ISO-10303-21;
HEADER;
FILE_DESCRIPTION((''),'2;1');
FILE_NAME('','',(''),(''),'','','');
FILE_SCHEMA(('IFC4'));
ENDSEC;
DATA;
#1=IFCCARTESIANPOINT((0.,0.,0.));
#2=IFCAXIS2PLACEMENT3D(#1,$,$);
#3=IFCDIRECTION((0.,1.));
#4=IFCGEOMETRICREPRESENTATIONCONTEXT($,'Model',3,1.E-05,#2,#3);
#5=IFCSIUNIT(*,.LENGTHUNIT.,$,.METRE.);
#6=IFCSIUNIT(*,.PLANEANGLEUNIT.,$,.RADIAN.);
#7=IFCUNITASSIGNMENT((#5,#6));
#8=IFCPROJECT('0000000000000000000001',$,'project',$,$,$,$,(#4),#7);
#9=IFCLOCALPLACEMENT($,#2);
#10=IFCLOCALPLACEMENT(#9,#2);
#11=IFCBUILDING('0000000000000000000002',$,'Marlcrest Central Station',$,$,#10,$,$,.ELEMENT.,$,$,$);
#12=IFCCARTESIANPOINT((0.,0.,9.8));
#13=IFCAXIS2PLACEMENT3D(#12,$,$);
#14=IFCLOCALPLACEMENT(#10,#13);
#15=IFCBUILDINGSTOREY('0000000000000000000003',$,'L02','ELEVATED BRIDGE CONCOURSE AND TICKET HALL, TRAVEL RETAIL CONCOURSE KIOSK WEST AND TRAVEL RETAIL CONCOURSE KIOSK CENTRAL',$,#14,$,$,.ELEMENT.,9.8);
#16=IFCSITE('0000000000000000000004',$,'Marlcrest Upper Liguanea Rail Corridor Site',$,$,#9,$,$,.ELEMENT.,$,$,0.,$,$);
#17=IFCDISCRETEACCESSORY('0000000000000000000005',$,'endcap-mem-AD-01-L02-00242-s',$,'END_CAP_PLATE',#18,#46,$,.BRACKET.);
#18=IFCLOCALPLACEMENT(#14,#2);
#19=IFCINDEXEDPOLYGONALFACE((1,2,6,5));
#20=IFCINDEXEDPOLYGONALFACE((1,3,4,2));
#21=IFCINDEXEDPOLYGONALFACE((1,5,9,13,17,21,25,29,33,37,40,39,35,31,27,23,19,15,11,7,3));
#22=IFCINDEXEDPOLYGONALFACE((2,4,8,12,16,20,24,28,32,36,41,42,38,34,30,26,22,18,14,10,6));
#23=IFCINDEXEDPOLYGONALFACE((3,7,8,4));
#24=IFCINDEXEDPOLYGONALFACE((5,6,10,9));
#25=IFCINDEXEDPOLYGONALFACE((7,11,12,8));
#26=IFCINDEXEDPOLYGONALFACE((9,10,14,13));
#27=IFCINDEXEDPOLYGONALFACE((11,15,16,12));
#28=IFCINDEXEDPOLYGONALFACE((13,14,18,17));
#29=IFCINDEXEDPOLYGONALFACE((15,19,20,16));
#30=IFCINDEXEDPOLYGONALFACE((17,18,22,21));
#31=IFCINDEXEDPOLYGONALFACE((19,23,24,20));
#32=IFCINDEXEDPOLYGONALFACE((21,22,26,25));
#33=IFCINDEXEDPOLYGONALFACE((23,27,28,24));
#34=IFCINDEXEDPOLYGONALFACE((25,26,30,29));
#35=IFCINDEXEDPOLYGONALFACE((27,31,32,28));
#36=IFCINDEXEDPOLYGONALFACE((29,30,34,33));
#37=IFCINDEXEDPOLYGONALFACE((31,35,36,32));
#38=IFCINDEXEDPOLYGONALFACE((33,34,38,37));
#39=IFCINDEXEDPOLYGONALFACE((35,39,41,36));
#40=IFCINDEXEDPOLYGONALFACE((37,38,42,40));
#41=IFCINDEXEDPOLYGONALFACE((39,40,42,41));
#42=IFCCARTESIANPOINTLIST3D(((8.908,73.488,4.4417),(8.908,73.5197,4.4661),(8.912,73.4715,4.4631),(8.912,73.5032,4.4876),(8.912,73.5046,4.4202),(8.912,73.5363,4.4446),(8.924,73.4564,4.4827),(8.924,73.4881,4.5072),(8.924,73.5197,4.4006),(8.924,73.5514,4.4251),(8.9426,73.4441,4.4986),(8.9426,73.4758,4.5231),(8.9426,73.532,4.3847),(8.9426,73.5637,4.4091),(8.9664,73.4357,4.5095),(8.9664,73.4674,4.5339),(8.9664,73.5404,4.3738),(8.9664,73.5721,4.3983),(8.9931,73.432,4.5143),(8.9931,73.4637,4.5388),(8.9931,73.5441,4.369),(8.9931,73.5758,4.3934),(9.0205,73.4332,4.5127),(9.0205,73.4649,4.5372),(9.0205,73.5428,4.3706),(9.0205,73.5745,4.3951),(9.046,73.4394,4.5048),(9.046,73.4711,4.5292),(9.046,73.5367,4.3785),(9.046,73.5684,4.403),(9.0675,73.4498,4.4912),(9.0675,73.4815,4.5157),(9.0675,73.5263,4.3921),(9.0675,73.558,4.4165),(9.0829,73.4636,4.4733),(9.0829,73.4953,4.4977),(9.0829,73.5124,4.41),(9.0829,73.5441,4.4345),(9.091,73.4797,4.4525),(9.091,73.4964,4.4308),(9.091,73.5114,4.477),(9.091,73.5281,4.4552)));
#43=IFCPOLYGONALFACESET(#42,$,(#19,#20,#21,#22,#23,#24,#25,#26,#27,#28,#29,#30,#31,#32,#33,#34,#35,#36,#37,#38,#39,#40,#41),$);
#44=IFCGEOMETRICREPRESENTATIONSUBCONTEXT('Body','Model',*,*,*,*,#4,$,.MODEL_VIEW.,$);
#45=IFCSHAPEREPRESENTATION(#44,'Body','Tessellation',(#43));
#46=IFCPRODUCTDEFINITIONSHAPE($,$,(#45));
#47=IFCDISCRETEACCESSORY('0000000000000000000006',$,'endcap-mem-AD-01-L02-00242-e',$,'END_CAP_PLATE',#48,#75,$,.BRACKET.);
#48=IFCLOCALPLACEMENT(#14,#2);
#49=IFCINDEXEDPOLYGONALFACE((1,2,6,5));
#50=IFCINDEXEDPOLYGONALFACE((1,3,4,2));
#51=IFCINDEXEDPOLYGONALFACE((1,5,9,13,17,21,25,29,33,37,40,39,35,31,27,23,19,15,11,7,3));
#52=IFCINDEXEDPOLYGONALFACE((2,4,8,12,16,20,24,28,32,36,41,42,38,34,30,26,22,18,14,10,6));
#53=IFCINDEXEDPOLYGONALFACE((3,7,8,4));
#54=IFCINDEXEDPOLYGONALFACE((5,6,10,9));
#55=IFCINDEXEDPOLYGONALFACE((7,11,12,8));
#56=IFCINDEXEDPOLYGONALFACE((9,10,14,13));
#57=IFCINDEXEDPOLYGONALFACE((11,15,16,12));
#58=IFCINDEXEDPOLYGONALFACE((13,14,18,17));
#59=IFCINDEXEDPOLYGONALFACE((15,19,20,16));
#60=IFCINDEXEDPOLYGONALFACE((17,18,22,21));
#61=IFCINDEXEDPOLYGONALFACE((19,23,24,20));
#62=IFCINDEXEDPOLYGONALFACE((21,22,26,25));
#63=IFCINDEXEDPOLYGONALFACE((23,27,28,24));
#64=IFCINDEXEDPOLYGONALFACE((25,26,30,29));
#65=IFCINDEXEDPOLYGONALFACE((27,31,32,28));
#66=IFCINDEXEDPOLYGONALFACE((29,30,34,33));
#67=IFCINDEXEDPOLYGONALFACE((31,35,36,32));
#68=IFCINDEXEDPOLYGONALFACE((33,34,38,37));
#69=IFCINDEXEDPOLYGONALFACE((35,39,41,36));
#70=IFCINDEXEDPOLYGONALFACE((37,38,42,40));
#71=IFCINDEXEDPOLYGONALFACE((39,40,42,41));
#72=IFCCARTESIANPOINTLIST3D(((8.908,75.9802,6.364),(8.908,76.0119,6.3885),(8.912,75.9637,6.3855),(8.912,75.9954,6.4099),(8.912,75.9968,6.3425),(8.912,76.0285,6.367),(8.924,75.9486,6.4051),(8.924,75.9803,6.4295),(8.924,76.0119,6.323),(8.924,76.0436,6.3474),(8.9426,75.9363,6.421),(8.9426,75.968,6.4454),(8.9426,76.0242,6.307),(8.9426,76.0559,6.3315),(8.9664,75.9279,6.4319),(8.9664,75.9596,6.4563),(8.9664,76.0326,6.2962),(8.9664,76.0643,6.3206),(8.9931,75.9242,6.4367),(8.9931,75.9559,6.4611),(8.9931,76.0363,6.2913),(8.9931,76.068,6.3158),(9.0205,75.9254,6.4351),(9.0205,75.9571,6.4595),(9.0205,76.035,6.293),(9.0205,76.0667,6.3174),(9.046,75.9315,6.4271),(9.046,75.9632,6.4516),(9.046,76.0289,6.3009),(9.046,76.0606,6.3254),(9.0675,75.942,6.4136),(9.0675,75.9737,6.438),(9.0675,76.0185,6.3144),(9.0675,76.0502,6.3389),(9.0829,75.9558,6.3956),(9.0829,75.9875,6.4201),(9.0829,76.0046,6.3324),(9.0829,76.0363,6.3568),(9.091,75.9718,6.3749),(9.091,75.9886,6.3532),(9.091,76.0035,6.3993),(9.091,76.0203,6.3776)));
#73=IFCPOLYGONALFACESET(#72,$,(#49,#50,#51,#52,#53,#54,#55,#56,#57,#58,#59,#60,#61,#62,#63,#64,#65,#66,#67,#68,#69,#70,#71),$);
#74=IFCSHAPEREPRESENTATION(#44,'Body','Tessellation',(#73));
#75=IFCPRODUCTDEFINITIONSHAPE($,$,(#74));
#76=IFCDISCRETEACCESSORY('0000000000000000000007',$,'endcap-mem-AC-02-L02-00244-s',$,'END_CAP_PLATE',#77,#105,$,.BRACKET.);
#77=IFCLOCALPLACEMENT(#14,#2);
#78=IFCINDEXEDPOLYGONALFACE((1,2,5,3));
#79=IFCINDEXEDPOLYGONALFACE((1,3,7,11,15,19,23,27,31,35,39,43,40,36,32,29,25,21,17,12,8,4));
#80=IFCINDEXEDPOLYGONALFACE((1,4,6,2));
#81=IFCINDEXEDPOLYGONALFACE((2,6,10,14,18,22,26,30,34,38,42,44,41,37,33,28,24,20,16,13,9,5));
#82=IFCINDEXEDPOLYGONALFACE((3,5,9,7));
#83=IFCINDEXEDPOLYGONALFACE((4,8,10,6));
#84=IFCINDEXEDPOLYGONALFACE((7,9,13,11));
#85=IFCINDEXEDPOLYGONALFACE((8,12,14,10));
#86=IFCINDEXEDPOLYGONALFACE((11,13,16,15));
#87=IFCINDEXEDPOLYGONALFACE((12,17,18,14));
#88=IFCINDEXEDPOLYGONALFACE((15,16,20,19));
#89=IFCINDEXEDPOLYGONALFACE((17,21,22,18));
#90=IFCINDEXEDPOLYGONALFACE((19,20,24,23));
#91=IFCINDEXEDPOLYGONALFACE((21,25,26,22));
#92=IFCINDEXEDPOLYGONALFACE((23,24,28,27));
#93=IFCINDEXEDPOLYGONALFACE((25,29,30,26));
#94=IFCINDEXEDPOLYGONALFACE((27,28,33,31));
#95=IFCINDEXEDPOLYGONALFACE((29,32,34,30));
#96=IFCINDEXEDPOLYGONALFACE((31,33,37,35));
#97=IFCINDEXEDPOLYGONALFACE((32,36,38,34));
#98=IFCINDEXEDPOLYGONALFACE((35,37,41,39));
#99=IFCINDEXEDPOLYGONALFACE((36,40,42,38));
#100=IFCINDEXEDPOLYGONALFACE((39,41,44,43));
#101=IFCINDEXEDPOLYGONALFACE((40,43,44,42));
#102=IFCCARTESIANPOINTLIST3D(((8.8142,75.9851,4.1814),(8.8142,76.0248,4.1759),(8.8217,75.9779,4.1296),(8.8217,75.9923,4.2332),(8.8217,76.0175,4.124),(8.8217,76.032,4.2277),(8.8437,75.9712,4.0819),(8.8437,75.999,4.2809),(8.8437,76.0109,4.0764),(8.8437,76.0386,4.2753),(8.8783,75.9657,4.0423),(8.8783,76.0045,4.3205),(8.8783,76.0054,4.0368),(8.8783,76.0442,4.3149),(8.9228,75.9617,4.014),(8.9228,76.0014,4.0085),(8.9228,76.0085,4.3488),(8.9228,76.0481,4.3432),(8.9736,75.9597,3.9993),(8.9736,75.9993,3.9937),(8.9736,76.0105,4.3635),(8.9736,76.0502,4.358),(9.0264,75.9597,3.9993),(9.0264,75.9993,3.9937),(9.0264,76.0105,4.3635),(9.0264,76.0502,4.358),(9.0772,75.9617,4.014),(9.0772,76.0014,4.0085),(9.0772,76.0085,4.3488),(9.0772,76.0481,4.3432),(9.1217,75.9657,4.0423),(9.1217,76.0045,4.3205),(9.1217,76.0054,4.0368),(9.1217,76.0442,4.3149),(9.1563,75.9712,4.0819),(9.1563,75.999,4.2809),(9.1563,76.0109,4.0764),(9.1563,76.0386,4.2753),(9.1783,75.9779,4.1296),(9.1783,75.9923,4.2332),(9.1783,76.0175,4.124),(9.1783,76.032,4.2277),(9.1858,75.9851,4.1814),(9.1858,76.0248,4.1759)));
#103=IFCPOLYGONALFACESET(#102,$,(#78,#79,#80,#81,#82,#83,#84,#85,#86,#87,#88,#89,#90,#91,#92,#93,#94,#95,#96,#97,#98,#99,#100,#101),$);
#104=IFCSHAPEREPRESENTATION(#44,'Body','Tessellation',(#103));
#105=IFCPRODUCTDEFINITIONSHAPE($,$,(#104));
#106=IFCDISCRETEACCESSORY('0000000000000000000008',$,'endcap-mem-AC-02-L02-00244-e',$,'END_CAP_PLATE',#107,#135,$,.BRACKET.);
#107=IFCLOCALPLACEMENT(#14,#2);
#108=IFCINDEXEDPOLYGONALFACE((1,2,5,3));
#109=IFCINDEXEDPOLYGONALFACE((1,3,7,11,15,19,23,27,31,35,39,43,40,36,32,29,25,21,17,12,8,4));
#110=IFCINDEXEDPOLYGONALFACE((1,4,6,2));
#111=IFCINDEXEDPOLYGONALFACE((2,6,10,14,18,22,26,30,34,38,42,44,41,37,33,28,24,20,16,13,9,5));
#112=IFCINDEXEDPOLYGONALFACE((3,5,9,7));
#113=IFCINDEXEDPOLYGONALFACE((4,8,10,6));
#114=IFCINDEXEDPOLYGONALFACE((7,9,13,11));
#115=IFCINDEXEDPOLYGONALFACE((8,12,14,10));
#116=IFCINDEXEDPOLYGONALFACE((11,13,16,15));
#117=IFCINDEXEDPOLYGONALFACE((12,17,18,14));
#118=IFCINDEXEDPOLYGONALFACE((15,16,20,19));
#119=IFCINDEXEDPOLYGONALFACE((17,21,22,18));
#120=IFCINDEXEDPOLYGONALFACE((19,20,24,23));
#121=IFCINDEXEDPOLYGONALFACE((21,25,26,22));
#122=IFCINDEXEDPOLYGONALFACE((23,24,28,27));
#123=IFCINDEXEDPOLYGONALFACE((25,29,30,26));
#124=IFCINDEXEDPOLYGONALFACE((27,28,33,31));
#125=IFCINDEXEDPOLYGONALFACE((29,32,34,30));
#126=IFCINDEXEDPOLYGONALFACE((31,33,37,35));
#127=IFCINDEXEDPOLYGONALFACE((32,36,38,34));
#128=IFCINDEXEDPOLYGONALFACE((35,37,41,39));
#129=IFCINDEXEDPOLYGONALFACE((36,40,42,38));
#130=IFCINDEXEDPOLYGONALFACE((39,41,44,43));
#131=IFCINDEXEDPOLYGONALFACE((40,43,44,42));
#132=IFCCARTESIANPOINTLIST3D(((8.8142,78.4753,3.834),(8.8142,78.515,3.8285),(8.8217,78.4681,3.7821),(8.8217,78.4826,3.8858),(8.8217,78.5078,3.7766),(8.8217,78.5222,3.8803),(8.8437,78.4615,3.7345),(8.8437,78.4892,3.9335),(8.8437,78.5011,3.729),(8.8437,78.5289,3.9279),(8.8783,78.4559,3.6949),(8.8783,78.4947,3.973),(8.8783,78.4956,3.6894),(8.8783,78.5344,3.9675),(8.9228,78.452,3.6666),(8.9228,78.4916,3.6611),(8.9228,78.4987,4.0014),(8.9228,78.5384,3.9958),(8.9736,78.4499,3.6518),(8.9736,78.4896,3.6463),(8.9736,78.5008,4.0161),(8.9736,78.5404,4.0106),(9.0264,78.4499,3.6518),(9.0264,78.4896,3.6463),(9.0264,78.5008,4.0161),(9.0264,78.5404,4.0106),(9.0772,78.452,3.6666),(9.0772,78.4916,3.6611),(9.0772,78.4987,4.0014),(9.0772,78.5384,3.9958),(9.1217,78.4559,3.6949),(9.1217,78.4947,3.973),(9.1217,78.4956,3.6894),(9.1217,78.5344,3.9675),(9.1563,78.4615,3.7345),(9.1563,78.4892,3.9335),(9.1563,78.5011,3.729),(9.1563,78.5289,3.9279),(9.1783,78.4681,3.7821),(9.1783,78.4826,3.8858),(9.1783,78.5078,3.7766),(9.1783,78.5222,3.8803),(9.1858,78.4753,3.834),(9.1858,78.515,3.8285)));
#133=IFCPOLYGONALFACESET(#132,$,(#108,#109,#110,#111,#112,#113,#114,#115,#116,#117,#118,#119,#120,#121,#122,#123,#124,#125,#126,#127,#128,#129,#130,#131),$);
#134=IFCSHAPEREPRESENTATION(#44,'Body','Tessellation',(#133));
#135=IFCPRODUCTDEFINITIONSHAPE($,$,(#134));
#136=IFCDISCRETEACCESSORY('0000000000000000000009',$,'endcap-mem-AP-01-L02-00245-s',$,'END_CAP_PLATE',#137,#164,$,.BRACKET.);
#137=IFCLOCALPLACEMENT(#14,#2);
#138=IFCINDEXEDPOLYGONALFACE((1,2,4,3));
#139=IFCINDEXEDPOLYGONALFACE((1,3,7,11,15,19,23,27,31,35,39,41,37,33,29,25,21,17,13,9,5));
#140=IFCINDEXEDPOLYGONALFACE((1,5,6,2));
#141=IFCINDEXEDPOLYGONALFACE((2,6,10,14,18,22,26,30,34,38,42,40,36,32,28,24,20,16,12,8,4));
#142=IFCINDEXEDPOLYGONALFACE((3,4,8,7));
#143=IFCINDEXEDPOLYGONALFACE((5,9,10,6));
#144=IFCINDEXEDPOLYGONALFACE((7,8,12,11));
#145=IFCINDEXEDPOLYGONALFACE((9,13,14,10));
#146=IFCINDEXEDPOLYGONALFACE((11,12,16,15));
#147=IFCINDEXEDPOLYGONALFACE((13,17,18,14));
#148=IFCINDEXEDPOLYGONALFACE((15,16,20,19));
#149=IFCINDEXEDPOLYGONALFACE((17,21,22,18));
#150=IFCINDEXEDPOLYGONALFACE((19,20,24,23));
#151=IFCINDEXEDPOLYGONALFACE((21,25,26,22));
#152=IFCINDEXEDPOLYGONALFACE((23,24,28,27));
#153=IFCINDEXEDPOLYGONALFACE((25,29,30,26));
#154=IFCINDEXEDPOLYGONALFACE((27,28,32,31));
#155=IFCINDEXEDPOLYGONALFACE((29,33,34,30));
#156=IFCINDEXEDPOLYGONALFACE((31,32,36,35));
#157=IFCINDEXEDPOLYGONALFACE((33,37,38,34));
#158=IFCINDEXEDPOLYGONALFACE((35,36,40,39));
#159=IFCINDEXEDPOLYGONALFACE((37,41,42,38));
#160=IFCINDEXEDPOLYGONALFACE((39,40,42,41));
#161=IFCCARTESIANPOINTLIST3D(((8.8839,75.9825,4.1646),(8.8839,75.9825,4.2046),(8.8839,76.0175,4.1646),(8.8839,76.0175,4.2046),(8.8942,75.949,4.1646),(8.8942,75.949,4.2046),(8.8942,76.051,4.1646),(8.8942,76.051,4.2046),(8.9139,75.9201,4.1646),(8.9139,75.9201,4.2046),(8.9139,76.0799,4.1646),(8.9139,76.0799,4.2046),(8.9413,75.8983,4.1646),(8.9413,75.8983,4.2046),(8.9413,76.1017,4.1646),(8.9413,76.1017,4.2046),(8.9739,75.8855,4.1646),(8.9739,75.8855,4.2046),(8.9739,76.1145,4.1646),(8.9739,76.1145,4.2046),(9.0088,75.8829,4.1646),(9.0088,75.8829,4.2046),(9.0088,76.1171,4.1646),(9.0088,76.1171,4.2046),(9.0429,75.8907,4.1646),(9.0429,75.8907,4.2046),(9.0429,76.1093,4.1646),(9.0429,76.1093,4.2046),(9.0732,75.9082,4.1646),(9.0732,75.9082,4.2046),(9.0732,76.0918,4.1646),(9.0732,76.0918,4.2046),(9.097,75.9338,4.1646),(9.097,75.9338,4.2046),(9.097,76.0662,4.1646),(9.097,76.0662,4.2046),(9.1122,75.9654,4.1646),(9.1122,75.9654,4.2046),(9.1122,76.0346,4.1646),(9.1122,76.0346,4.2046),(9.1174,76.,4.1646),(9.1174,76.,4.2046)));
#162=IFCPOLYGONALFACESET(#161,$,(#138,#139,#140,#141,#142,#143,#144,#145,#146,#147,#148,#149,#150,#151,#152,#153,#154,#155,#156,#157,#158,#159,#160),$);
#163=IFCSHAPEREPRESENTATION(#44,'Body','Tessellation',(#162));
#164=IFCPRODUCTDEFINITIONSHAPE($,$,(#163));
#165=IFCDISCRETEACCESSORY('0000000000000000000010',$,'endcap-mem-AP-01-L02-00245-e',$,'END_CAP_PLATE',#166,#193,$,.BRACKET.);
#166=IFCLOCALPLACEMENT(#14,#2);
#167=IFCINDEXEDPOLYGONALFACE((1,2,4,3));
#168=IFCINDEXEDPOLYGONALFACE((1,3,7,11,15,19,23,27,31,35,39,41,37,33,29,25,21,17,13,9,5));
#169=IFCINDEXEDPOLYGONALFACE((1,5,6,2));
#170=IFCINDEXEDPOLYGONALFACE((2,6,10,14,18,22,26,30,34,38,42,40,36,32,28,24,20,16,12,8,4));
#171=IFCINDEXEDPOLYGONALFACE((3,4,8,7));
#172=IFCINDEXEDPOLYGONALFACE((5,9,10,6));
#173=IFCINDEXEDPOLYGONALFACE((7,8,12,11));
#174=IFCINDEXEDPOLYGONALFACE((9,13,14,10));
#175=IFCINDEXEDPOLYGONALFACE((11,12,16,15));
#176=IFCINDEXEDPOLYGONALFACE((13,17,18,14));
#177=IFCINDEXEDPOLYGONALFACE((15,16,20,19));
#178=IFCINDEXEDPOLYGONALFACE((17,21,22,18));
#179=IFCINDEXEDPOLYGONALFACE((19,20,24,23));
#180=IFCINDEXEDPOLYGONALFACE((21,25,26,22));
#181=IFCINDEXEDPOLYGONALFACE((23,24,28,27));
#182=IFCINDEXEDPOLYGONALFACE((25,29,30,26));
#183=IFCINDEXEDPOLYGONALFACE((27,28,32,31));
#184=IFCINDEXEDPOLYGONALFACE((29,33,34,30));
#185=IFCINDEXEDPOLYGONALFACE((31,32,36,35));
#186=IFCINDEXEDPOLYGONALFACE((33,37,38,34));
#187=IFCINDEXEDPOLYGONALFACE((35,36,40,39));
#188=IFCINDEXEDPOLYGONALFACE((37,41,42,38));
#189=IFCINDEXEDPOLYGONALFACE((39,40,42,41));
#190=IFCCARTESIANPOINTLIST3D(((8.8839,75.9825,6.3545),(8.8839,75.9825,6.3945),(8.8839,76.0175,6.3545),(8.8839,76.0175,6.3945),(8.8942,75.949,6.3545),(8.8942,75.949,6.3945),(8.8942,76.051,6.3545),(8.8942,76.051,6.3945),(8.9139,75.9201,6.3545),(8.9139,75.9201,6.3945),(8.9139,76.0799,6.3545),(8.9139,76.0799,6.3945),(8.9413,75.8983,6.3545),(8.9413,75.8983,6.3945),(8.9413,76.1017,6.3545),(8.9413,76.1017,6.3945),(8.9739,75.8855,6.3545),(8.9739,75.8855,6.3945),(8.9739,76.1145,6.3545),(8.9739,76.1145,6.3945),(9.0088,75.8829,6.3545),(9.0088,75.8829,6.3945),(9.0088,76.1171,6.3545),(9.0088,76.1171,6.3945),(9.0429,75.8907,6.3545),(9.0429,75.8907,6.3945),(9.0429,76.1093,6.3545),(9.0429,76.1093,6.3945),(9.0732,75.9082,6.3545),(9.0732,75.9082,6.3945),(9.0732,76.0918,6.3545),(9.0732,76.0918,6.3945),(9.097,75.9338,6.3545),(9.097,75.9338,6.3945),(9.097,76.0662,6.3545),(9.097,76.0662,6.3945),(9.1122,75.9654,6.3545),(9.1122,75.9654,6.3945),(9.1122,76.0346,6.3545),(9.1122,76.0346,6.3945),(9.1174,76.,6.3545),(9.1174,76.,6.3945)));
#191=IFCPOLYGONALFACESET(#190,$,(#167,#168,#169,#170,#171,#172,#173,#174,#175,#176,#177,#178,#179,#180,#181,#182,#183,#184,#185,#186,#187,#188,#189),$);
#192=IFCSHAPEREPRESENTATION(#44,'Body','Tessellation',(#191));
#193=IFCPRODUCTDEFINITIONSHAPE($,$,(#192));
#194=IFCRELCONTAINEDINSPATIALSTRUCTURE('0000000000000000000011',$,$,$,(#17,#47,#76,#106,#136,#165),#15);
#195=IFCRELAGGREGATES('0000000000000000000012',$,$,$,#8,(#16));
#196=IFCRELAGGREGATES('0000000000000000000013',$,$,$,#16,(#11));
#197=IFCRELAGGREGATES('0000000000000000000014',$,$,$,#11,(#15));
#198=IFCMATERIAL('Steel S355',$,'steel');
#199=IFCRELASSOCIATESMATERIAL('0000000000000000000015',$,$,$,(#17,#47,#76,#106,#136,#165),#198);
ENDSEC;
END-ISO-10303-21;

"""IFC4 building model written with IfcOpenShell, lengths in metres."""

from ifc_helpers import new_model, si_unit, direction, frame, origin, origin_2d, place, context, subcontext, project, spatial, circle, extrude, material, element, save


model = new_model("IFC4")

# Units and contexts
model_context = context("Model", 3, precision=1e-05, world=origin(), true_north=direction((0.0, 1.0)))
body_context = subcontext(model_context, "Body", "Model", "MODEL_VIEW")
ifc_project = project(units=[si_unit("LENGTHUNIT", "METRE"), si_unit("PLANEANGLEUNIT", "RADIAN")], contexts=[model_context])

# Site, building, storey
site_placement = place(None, origin())
site = spatial("IfcSite", under=ifc_project, at=site_placement, Name="Marlcrest Upper Liguanea Rail Corridor Site", CompositionType="ELEMENT", RefElevation=0.0)
building_placement = place(site_placement, origin())
building = spatial("IfcBuilding", under=site, at=building_placement, Name="Marlcrest Central Station", CompositionType="ELEMENT")
storey_placement = place(building_placement, frame((0.0, 0.0, 9.8)))
storey = spatial("IfcBuildingStorey", under=building, at=storey_placement, Name="L02", Description="ELEVATED BRIDGE CONCOURSE AND TICKET HALL, TRAVEL RETAIL CONCOURSE KIOSK WEST AND TRAVEL RETAIL CONCOURSE KIOSK CENTRAL", CompositionType="ELEMENT", Elevation=9.8)

# Shared definitions
ifc_material = material(Name="Steel S355", Category="steel")

# Discrete accessories
for number, where, z_axis, x_axis, name in (
    (1, (9.0, 73.488, 4.4417), (0.0, 0.791798, 0.610783), (-1.0, 0.0, 0.0), "endcap-mem-AD-01-L02-00242-s"),
    (2, (9.0, 75.9802, 6.364), (0.0, 0.791798, 0.610783), (-1.0, 0.0, 0.0), "endcap-mem-AD-01-L02-00242-e"),
):
    element("IfcDiscreteAccessory", number, at=place(storey_placement, frame(where, z_axis=z_axis, x_axis=x_axis)), inside=storey, material=ifc_material, Name=name, ObjectType="END_CAP_PLATE", PredefinedType="BRACKET", context=body_context, shape_type="SweptSolid", body=[
        extrude(circle(Radius=0.092, at=origin_2d()), origin(), (0.0, 0.0, 1.0), 0.04),
    ])
for number, where, z_axis, x_axis, name in (
    (3, (9.0, 75.9851, 4.1814), (0.0, 0.990403, -0.138211), (-1.0, 0.0, 0.0), "endcap-mem-AC-02-L02-00244-s"),
    (4, (9.0, 78.4753, 3.834), (0.0, 0.990403, -0.138211), (-1.0, 0.0, 0.0), "endcap-mem-AC-02-L02-00244-e"),
):
    element("IfcDiscreteAccessory", number, at=place(storey_placement, frame(where, z_axis=z_axis, x_axis=x_axis)), inside=storey, material=ifc_material, Name=name, ObjectType="END_CAP_PLATE", PredefinedType="BRACKET", context=body_context, shape_type="SweptSolid", body=[
        extrude(circle(Radius=0.1858, at=origin_2d()), origin(), (0.0, 0.0, 1.0), 0.04),
    ])
for number, where, z_axis, x_axis, name in (
    (5, (9.0, 76.0, 4.1646), (0.0, 0.0, 1.0), (1.0, 0.0, 0.0), "endcap-mem-AP-01-L02-00245-s"),
    (6, (9.0, 76.0, 6.3545), (0.0, 0.0, 1.0), (1.0, 0.0, 0.0), "endcap-mem-AP-01-L02-00245-e"),
):
    element("IfcDiscreteAccessory", number, at=place(storey_placement, frame(where, z_axis=z_axis, x_axis=x_axis)), inside=storey, material=ifc_material, Name=name, ObjectType="END_CAP_PLATE", PredefinedType="BRACKET", context=body_context, shape_type="SweptSolid", body=[
        extrude(circle(Radius=0.1174, at=origin_2d()), origin(), (0.0, 0.0, 1.0), 0.04),
    ])

save(model, "model.ifc")
